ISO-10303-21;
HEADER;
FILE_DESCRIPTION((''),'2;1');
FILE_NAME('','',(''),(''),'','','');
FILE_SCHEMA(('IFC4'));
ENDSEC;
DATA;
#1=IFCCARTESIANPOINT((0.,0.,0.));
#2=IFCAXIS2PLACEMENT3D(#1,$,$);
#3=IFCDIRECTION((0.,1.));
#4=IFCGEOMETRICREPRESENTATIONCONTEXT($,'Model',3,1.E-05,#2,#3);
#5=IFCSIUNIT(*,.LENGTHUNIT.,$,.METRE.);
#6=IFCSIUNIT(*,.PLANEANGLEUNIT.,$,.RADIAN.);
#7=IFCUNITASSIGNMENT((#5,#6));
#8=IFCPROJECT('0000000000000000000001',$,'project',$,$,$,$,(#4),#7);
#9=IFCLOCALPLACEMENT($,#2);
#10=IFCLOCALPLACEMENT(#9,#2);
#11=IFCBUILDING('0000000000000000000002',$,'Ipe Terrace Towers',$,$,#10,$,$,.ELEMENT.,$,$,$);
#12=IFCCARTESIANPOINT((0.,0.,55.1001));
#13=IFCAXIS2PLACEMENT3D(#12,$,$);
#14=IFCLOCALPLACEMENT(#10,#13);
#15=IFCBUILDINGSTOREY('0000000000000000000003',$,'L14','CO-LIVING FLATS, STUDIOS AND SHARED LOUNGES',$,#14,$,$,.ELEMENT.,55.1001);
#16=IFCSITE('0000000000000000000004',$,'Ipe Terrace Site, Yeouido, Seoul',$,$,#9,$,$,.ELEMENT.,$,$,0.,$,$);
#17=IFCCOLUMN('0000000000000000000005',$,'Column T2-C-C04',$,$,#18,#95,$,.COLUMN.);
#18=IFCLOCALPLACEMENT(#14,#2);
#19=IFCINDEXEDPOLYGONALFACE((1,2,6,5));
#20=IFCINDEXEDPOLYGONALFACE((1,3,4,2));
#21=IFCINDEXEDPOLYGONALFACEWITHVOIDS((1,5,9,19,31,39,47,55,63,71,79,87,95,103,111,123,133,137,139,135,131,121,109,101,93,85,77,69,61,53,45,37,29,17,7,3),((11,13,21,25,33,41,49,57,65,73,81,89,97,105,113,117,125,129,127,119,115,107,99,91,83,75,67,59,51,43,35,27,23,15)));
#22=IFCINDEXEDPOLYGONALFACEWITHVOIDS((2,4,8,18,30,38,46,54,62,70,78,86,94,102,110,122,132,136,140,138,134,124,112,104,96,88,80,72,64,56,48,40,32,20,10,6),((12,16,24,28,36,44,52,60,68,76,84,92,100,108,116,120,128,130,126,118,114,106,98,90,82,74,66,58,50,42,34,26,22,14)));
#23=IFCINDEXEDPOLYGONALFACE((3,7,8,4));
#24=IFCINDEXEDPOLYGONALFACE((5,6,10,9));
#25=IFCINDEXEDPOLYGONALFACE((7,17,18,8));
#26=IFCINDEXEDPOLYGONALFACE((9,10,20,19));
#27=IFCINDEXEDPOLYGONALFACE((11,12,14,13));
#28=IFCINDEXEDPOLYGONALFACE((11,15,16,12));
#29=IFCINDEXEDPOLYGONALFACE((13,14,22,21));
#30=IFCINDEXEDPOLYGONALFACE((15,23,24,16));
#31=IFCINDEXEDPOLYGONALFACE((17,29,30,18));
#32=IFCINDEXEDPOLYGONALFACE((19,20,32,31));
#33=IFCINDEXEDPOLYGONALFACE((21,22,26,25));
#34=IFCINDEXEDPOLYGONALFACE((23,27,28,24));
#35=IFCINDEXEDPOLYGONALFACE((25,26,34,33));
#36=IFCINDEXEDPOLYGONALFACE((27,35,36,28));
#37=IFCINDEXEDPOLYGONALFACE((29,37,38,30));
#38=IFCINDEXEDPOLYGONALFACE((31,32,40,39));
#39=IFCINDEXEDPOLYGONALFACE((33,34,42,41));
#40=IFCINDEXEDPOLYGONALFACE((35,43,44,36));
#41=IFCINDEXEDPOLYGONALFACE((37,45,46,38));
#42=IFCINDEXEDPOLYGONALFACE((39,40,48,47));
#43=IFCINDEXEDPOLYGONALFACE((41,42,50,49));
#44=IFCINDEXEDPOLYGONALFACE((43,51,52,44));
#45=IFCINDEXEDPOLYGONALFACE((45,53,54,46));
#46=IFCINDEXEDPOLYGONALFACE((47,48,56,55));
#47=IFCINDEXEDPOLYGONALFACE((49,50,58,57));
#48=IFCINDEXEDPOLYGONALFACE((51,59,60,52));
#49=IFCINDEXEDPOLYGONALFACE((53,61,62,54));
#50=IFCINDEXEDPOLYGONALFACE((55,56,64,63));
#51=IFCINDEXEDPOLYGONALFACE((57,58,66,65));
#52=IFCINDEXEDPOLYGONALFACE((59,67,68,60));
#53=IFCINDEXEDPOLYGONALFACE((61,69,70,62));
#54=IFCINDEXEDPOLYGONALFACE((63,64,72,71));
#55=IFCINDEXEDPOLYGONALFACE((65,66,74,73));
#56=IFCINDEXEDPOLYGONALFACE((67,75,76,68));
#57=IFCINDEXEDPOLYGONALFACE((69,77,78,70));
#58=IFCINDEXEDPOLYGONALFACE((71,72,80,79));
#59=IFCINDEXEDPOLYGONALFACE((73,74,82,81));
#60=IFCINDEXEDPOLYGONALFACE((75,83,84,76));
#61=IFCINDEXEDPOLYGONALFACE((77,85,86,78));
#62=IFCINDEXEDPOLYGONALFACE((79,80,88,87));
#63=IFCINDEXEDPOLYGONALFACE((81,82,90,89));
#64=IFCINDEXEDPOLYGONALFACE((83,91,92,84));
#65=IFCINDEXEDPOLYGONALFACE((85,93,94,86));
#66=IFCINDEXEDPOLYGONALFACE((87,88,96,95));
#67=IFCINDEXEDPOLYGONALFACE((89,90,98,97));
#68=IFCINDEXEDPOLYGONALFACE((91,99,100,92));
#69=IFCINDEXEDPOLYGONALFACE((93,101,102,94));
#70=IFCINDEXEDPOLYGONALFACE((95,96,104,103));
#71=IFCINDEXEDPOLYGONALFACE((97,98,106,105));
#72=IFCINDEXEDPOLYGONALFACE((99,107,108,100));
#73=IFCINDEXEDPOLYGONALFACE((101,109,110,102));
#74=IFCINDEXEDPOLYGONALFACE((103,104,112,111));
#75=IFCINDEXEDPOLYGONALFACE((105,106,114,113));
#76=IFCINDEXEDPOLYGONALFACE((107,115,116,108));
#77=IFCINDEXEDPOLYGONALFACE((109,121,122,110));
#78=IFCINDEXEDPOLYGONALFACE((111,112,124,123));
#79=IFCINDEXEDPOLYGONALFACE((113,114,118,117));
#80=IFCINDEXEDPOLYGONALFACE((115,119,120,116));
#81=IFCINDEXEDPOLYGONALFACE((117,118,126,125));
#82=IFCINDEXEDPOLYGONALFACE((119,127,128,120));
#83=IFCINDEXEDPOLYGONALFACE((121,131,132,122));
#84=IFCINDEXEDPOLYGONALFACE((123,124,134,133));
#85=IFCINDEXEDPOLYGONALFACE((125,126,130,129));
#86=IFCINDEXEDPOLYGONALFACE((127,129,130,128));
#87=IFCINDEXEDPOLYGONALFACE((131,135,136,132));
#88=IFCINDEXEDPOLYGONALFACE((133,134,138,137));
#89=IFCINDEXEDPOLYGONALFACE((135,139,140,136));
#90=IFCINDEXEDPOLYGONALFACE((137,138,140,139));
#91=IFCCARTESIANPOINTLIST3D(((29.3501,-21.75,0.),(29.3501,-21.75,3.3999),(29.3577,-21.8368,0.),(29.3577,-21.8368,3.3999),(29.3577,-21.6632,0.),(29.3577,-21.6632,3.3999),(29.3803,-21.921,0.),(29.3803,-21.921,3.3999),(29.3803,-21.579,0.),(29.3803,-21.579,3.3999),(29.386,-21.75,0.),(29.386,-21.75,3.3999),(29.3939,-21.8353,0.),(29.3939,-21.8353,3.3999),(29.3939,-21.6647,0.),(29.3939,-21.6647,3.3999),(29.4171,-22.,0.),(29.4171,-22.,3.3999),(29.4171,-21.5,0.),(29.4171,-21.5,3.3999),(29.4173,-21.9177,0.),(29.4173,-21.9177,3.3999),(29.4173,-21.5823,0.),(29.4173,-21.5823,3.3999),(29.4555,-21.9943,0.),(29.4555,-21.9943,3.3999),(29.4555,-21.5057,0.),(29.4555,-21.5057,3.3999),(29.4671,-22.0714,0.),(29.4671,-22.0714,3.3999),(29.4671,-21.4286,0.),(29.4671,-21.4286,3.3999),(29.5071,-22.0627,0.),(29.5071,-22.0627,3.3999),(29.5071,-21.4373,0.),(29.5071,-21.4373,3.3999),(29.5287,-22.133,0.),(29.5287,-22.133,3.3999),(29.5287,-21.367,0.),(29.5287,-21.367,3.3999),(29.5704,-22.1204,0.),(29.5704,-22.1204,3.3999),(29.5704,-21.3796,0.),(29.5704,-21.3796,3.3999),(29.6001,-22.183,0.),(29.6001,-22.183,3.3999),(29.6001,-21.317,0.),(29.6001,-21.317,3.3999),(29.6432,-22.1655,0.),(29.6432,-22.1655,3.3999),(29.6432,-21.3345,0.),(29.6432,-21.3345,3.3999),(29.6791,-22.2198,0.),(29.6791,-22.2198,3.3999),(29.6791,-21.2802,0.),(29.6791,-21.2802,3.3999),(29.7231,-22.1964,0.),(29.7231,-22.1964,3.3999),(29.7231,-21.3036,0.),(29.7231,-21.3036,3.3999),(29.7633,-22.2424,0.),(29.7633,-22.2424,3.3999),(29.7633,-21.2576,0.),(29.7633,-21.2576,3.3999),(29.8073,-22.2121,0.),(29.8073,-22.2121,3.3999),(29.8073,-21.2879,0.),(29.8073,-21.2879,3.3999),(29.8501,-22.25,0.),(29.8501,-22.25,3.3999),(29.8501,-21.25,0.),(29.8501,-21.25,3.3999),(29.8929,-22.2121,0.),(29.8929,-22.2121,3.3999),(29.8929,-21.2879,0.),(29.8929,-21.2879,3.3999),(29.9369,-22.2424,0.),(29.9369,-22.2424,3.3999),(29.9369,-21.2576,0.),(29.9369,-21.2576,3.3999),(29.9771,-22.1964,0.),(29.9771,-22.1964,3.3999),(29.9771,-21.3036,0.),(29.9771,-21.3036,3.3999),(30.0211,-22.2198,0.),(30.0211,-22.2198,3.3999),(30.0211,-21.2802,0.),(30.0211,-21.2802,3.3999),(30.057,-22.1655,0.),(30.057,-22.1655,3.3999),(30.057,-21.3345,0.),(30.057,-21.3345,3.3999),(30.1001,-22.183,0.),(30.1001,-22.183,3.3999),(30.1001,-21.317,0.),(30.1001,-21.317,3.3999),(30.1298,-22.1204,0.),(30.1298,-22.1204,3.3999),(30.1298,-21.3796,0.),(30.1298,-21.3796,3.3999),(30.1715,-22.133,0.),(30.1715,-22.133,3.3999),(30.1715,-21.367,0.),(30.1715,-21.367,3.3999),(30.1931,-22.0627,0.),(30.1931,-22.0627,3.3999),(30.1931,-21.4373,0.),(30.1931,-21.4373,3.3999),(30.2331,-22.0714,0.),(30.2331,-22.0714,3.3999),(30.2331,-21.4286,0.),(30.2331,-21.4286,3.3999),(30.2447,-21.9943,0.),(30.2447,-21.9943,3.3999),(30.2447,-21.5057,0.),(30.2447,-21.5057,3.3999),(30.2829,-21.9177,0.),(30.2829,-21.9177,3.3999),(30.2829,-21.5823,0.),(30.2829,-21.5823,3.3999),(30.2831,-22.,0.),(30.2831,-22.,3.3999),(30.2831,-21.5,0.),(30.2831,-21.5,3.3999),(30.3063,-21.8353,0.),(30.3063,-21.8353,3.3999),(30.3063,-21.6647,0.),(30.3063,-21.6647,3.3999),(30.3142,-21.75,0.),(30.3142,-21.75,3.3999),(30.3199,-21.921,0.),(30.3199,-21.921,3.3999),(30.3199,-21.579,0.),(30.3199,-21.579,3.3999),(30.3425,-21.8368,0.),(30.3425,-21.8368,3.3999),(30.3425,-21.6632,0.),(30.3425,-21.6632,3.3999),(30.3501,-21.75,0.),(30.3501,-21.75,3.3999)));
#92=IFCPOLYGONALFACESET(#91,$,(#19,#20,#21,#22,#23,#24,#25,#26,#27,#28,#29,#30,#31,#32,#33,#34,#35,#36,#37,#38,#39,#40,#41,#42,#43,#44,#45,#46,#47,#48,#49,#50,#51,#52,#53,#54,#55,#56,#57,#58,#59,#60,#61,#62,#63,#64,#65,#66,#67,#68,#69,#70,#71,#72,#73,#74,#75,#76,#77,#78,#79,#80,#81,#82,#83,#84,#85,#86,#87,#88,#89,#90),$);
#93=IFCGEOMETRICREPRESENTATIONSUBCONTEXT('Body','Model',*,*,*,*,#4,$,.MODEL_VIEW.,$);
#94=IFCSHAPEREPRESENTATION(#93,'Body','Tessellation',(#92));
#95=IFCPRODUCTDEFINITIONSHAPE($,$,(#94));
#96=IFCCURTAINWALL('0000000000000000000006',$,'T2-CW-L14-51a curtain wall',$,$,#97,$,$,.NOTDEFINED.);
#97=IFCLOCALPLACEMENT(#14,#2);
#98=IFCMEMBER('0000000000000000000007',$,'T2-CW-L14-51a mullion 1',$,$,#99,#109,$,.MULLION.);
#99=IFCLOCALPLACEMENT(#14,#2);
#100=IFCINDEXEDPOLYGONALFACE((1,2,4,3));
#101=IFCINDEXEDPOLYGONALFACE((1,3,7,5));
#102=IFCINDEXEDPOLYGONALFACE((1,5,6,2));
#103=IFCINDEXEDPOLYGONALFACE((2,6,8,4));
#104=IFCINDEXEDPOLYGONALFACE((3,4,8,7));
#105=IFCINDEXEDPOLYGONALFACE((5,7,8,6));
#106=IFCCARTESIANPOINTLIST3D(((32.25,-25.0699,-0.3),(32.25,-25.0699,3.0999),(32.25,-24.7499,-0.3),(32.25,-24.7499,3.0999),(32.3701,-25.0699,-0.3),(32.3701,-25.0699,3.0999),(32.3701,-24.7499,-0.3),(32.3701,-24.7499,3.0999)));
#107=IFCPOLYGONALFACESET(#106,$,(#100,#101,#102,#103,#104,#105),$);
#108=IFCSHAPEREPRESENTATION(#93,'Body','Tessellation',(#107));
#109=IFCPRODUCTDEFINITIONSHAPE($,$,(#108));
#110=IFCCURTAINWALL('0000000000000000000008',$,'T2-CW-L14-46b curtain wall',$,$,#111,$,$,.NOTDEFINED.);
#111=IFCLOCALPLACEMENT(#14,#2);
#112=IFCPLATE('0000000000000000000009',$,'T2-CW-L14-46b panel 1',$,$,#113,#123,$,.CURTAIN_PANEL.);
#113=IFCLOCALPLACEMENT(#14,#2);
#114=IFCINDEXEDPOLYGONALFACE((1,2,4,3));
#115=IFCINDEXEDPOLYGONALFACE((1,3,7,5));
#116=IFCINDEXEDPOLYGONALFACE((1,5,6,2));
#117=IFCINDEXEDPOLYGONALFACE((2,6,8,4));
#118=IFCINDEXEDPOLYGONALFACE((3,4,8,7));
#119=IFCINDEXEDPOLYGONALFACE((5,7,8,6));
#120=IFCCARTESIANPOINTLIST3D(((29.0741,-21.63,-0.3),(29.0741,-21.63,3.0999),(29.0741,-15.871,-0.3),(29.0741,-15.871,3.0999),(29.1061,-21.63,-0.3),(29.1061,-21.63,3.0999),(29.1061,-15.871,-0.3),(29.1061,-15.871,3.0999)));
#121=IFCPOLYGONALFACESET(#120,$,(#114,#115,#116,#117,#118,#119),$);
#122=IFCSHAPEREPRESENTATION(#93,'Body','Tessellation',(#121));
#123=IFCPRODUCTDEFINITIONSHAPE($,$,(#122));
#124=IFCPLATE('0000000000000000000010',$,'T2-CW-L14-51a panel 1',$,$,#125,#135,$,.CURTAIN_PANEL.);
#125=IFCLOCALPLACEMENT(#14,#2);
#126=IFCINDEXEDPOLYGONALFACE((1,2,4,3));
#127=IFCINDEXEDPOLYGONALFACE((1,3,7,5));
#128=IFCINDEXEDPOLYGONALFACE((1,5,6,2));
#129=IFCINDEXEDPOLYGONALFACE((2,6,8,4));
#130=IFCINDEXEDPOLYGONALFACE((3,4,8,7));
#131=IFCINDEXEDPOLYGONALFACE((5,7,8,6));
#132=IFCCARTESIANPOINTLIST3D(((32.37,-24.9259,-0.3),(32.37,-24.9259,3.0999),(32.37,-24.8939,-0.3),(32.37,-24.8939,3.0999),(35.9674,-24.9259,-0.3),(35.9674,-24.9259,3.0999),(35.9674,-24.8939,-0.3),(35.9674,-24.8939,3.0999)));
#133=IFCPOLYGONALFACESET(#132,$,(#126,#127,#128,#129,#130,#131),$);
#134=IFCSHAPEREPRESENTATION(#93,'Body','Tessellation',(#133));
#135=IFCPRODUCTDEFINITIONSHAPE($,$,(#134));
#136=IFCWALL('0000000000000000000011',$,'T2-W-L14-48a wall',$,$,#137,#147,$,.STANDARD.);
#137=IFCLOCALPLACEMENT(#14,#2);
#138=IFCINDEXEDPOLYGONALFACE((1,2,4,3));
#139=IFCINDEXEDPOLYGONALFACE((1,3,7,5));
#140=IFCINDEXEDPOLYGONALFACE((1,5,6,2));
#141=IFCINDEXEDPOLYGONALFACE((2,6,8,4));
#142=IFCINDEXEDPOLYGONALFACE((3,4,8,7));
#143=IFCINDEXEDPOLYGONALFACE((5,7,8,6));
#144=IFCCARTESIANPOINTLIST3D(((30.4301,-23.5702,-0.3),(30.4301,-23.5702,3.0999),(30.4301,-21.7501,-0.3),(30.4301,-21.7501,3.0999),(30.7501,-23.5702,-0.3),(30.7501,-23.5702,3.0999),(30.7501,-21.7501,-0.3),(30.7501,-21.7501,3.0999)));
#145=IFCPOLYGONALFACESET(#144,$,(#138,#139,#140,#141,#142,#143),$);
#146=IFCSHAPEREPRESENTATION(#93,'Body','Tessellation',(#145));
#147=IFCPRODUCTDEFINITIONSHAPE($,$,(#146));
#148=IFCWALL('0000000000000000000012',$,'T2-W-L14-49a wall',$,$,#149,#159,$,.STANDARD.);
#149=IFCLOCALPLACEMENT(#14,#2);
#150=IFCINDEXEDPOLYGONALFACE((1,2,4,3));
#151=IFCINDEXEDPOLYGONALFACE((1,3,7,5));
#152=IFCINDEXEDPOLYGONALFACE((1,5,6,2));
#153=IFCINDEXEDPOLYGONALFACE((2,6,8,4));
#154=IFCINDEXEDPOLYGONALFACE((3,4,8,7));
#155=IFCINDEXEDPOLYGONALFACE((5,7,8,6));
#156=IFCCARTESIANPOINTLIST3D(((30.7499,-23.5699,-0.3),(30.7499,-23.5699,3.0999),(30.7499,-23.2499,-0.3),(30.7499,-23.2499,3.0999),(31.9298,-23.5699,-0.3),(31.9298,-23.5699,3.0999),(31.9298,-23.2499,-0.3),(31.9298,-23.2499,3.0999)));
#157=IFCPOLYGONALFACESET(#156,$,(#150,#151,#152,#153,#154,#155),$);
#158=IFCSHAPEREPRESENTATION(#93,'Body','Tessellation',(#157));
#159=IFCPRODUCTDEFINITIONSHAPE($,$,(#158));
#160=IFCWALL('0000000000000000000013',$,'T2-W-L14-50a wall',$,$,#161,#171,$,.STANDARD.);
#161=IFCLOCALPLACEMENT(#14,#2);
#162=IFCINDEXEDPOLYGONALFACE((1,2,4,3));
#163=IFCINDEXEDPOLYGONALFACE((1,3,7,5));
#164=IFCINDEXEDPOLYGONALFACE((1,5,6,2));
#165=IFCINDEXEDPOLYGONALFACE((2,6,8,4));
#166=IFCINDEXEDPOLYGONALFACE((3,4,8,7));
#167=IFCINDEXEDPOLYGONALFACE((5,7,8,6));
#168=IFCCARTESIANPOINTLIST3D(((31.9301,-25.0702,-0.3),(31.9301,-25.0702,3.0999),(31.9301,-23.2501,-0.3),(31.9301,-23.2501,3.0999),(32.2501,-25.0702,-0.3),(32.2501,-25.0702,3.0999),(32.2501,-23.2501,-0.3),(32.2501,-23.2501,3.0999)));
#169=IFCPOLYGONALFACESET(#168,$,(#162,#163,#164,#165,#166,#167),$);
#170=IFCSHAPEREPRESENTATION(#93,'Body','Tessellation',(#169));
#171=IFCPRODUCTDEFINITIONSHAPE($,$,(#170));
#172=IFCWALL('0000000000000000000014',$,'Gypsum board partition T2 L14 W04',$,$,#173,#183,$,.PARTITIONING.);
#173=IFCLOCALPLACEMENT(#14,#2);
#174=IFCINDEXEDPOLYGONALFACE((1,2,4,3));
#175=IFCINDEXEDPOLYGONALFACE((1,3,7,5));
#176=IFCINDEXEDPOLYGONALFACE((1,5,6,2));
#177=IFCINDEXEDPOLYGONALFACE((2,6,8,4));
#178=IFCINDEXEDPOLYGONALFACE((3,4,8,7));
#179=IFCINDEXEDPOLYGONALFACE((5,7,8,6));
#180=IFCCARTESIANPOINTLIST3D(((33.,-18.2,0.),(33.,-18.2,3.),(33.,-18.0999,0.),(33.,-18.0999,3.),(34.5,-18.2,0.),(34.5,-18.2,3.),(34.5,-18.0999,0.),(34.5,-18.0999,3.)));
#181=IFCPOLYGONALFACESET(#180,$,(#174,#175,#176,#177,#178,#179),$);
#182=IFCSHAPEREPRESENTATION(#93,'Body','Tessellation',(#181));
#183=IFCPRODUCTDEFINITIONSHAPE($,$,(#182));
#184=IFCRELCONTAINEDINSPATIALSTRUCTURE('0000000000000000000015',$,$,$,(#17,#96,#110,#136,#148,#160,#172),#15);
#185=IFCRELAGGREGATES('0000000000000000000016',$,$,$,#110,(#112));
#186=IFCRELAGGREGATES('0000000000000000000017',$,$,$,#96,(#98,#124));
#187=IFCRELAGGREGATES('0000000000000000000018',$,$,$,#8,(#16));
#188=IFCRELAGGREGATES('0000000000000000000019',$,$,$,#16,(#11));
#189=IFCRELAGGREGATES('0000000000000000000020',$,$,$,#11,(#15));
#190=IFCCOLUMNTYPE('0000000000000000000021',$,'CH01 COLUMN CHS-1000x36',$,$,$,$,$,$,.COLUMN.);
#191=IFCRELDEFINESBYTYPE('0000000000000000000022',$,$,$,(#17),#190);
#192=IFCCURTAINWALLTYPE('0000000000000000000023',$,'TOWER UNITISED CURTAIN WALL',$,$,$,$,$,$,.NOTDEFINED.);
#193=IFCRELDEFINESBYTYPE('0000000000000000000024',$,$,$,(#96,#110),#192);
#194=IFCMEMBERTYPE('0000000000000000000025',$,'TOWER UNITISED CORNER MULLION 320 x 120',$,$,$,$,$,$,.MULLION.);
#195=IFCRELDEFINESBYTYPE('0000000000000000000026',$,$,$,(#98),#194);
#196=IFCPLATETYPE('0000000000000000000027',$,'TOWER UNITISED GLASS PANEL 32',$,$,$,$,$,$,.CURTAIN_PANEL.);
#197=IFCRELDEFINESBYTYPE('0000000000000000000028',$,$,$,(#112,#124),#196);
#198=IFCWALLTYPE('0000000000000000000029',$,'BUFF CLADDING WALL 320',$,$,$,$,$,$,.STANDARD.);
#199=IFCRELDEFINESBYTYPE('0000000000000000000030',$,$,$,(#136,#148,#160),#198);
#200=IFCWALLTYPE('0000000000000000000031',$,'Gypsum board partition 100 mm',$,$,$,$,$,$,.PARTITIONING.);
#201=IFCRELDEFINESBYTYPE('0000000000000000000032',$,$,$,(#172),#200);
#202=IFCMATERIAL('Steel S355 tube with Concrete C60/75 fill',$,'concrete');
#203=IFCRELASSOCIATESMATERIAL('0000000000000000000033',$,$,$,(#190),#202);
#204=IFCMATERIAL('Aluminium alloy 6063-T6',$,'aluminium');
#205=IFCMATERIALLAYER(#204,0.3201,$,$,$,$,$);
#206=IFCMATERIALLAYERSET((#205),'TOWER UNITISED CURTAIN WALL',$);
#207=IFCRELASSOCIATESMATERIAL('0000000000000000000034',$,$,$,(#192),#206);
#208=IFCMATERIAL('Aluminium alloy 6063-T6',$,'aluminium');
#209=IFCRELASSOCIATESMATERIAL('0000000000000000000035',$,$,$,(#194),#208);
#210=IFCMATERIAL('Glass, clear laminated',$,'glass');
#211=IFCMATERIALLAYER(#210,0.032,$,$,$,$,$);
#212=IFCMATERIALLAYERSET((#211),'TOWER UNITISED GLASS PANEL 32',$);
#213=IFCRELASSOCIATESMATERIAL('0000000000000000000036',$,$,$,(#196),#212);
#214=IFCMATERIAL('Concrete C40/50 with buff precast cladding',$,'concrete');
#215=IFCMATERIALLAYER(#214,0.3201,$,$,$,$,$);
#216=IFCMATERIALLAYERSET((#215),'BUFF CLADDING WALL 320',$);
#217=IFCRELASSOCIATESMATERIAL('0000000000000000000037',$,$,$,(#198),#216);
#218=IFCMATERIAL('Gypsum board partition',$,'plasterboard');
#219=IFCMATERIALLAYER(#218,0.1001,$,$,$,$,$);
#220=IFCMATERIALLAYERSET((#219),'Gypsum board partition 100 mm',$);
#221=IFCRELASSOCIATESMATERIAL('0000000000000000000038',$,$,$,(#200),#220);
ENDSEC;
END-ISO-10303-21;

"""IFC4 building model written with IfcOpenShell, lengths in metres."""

from ifc_helpers import new_model, si_unit, direction, frame, frame_2d, origin, origin_2d, place, context, subcontext, project, spatial, rectangle, hollow_circle, extrude, material, layer, layer_set, material_profile, profile_set, type_object, element, aggregate, save


model = new_model("IFC4")

# Units and contexts
model_context = context("Model", 3, precision=1e-05, world=origin(), true_north=direction((0.0, 1.0)))
body_context = subcontext(model_context, "Body", "Model", "MODEL_VIEW")
ifc_project = project(units=[si_unit("LENGTHUNIT", "METRE"), si_unit("PLANEANGLEUNIT", "RADIAN")], contexts=[model_context])

# Site, building, storey
site_placement = place(None, origin())
site = spatial("IfcSite", under=ifc_project, at=site_placement, Name="Ipe Terrace Site, Yeouido, Seoul", CompositionType="ELEMENT", RefElevation=0.0)
building_placement = place(site_placement, origin())
building = spatial("IfcBuilding", under=site, at=building_placement, Name="Ipe Terrace Towers", CompositionType="ELEMENT")
storey_placement = place(building_placement, frame((0.0, 0.0, 55.1001)))
storey = spatial("IfcBuildingStorey", under=building, at=storey_placement, Name="L14", Description="CO-LIVING FLATS, STUDIOS AND SHARED LOUNGES", CompositionType="ELEMENT", Elevation=55.1001)

# Column
ifc_material_1 = material(Name="Steel S355 tube with Concrete C60/75 fill", Category="concrete")
ifc_material_profile_1 = material_profile(ifc_material_1, hollow_circle(Radius=0.5, WallThickness=0.0359, at=origin_2d()), Name="CHS-1000x36")
ifc_profile_set_1 = profile_set([ifc_material_profile_1], Name="Steel S355 tube with Concrete C60/75 fill")
column_type = type_object("IfcColumnType", Name="CH01 COLUMN CHS-1000x36", PredefinedType="COLUMN", material=ifc_profile_set_1)
column_placement = place(storey_placement, frame((29.8501, -21.75, 0.0), z_axis=(0.0, 0.0, 1.0), x_axis=(1.0, 0.0, 0.0)))
element("IfcColumn", 1, at=column_placement, inside=storey, type_object=column_type, Name="Column T2-C-C04", PredefinedType="COLUMN", context=body_context, shape_type="SweptSolid", body=[
    extrude(hollow_circle(Radius=0.5, WallThickness=0.0359, at=origin_2d()), origin(), (0.0, 0.0, 1.0), 3.3999),
])

# Curtain wall, member
ifc_material_2 = material(Name="Aluminium alloy 6063-T6", Category="aluminium")
ifc_layer_1 = layer(ifc_material_2, 0.3201)
ifc_layer_set_1 = layer_set([ifc_layer_1], Name="TOWER UNITISED CURTAIN WALL")
curtain_wall_type = type_object("IfcCurtainWallType", Name="TOWER UNITISED CURTAIN WALL", PredefinedType="NOTDEFINED", material=ifc_layer_set_1)
curtain_wall_1_placement = place(storey_placement, origin())
curtain_wall_1 = element("IfcCurtainWall", 2, at=curtain_wall_1_placement, inside=storey, type_object=curtain_wall_type, Name="T2-CW-L14-51a curtain wall", PredefinedType="NOTDEFINED")
ifc_material_3 = material(Name="Aluminium alloy 6063-T6", Category="aluminium")
ifc_material_profile_2 = material_profile(ifc_material_3, rectangle(XDim=0.3201, YDim=0.1201, at=origin_2d()), Name="TOWER UNITISED CORNER MULLION 320 x 120")
ifc_profile_set_2 = profile_set([ifc_material_profile_2], Name="Aluminium alloy 6063-T6")
member_type = type_object("IfcMemberType", Name="TOWER UNITISED CORNER MULLION 320 x 120", PredefinedType="MULLION", material=ifc_profile_set_2)
member_placement = place(storey_placement, frame((32.3101, -24.9099, -0.3), z_axis=(0.0, 0.0, 1.0), x_axis=(0.0, -1.0, 0.0)))
member = element("IfcMember", 3, at=member_placement, type_object=member_type, Name="T2-CW-L14-51a mullion 1", PredefinedType="MULLION", context=body_context, shape_type="SweptSolid", body=[
    extrude(rectangle(XDim=0.3201, YDim=0.1201, at=origin_2d()), origin(), (0.0, 0.0, 1.0), 3.3999),
])

# Curtain wall, plate
curtain_wall_2_placement = place(storey_placement, origin())
curtain_wall_2 = element("IfcCurtainWall", 4, at=curtain_wall_2_placement, inside=storey, type_object=curtain_wall_type, Name="T2-CW-L14-46b curtain wall", PredefinedType="NOTDEFINED")
ifc_material_4 = material(Name="Glass, clear laminated", Category="glass")
ifc_layer_2 = layer(ifc_material_4, 0.032)
ifc_layer_set_2 = layer_set([ifc_layer_2], Name="TOWER UNITISED GLASS PANEL 32")
plate_type = type_object("IfcPlateType", Name="TOWER UNITISED GLASS PANEL 32", PredefinedType="CURTAIN_PANEL", material=ifc_layer_set_2)
plate_1_placement = place(storey_placement, frame((29.0901, -18.7505, -0.3), z_axis=(0.0, 0.0, 1.0), x_axis=(0.0, -1.0, 0.0)))
plate_1 = element("IfcPlate", 5, at=plate_1_placement, type_object=plate_type, Name="T2-CW-L14-46b panel 1", PredefinedType="CURTAIN_PANEL", context=body_context, shape_type="SweptSolid", body=[
    extrude(rectangle(XDim=5.759, YDim=0.032, at=origin_2d()), origin(), (0.0, 0.0, 1.0), 3.3999),
])
aggregate(curtain_wall_2, [plate_1])

# Plate
plate_2_placement = place(storey_placement, frame((34.1687, -24.9099, -0.3), z_axis=(0.0, 0.0, 1.0), x_axis=(1.0, 0.0, 0.0)))
plate_2 = element("IfcPlate", 6, at=plate_2_placement, type_object=plate_type, Name="T2-CW-L14-51a panel 1", PredefinedType="CURTAIN_PANEL", context=body_context, shape_type="SweptSolid", body=[
    extrude(rectangle(XDim=3.5974, YDim=0.032, at=origin_2d()), origin(), (0.0, 0.0, 1.0), 3.3999),
])
aggregate(curtain_wall_1, [member, plate_2])

# Walls
ifc_material_5 = material(Name="Concrete C40/50 with buff precast cladding", Category="concrete")
ifc_layer_3 = layer(ifc_material_5, 0.3201)
ifc_layer_set_3 = layer_set([ifc_layer_3], Name="BUFF CLADDING WALL 320")
wall_type_1 = type_object("IfcWallType", Name="BUFF CLADDING WALL 320", PredefinedType="STANDARD", material=ifc_layer_set_3)
wall_1_placement = place(storey_placement, frame((30.5901, -21.75, -0.3), z_axis=(0.0, 0.0, 1.0), x_axis=(0.0, -1.0, 0.0)))
element("IfcWall", 7, at=wall_1_placement, inside=storey, type_object=wall_type_1, Name="T2-W-L14-48a wall", PredefinedType="STANDARD", context=body_context, shape_type="SweptSolid", body=[
    extrude(rectangle(XDim=1.8201, YDim=0.3201, at=frame_2d((0.9102, 0.0))), origin(), (0.0, 0.0, 1.0), 3.3999),
])
wall_2_placement = place(storey_placement, frame((30.75, -23.4099, -0.3), z_axis=(0.0, 0.0, 1.0), x_axis=(1.0, 0.0, 0.0)))
element("IfcWall", 8, at=wall_2_placement, inside=storey, type_object=wall_type_1, Name="T2-W-L14-49a wall", PredefinedType="STANDARD", context=body_context, shape_type="SweptSolid", body=[
    extrude(rectangle(XDim=1.1799, YDim=0.3201, at=frame_2d((0.5898, 0.0))), origin(), (0.0, 0.0, 1.0), 3.3999),
])
wall_3_placement = place(storey_placement, frame((32.0901, -23.25, -0.3), z_axis=(0.0, 0.0, 1.0), x_axis=(0.0, -1.0, 0.0)))
element("IfcWall", 9, at=wall_3_placement, inside=storey, type_object=wall_type_1, Name="T2-W-L14-50a wall", PredefinedType="STANDARD", context=body_context, shape_type="SweptSolid", body=[
    extrude(rectangle(XDim=1.8201, YDim=0.3201, at=frame_2d((0.9102, 0.0))), origin(), (0.0, 0.0, 1.0), 3.3999),
])
ifc_material_6 = material(Name="Gypsum board partition", Category="plasterboard")
ifc_layer_4 = layer(ifc_material_6, 0.1001)
ifc_layer_set_4 = layer_set([ifc_layer_4], Name="Gypsum board partition 100 mm")
wall_type_2 = type_object("IfcWallType", Name="Gypsum board partition 100 mm", PredefinedType="PARTITIONING", material=ifc_layer_set_4)
wall_4_placement = place(storey_placement, frame((34.5, -18.1499, 0.0), z_axis=(0.0, 0.0, 1.0), x_axis=(-1.0, 0.0, 0.0)))
element("IfcWall", 10, at=wall_4_placement, inside=storey, type_object=wall_type_2, Name="Gypsum board partition T2 L14 W04", PredefinedType="PARTITIONING", context=body_context, shape_type="SweptSolid", body=[
    extrude(rectangle(XDim=1.5, YDim=0.1001, at=frame_2d((0.75, 0.0))), origin(), (0.0, 0.0, 1.0), 3.0),
])

save(model, "model.ifc")
